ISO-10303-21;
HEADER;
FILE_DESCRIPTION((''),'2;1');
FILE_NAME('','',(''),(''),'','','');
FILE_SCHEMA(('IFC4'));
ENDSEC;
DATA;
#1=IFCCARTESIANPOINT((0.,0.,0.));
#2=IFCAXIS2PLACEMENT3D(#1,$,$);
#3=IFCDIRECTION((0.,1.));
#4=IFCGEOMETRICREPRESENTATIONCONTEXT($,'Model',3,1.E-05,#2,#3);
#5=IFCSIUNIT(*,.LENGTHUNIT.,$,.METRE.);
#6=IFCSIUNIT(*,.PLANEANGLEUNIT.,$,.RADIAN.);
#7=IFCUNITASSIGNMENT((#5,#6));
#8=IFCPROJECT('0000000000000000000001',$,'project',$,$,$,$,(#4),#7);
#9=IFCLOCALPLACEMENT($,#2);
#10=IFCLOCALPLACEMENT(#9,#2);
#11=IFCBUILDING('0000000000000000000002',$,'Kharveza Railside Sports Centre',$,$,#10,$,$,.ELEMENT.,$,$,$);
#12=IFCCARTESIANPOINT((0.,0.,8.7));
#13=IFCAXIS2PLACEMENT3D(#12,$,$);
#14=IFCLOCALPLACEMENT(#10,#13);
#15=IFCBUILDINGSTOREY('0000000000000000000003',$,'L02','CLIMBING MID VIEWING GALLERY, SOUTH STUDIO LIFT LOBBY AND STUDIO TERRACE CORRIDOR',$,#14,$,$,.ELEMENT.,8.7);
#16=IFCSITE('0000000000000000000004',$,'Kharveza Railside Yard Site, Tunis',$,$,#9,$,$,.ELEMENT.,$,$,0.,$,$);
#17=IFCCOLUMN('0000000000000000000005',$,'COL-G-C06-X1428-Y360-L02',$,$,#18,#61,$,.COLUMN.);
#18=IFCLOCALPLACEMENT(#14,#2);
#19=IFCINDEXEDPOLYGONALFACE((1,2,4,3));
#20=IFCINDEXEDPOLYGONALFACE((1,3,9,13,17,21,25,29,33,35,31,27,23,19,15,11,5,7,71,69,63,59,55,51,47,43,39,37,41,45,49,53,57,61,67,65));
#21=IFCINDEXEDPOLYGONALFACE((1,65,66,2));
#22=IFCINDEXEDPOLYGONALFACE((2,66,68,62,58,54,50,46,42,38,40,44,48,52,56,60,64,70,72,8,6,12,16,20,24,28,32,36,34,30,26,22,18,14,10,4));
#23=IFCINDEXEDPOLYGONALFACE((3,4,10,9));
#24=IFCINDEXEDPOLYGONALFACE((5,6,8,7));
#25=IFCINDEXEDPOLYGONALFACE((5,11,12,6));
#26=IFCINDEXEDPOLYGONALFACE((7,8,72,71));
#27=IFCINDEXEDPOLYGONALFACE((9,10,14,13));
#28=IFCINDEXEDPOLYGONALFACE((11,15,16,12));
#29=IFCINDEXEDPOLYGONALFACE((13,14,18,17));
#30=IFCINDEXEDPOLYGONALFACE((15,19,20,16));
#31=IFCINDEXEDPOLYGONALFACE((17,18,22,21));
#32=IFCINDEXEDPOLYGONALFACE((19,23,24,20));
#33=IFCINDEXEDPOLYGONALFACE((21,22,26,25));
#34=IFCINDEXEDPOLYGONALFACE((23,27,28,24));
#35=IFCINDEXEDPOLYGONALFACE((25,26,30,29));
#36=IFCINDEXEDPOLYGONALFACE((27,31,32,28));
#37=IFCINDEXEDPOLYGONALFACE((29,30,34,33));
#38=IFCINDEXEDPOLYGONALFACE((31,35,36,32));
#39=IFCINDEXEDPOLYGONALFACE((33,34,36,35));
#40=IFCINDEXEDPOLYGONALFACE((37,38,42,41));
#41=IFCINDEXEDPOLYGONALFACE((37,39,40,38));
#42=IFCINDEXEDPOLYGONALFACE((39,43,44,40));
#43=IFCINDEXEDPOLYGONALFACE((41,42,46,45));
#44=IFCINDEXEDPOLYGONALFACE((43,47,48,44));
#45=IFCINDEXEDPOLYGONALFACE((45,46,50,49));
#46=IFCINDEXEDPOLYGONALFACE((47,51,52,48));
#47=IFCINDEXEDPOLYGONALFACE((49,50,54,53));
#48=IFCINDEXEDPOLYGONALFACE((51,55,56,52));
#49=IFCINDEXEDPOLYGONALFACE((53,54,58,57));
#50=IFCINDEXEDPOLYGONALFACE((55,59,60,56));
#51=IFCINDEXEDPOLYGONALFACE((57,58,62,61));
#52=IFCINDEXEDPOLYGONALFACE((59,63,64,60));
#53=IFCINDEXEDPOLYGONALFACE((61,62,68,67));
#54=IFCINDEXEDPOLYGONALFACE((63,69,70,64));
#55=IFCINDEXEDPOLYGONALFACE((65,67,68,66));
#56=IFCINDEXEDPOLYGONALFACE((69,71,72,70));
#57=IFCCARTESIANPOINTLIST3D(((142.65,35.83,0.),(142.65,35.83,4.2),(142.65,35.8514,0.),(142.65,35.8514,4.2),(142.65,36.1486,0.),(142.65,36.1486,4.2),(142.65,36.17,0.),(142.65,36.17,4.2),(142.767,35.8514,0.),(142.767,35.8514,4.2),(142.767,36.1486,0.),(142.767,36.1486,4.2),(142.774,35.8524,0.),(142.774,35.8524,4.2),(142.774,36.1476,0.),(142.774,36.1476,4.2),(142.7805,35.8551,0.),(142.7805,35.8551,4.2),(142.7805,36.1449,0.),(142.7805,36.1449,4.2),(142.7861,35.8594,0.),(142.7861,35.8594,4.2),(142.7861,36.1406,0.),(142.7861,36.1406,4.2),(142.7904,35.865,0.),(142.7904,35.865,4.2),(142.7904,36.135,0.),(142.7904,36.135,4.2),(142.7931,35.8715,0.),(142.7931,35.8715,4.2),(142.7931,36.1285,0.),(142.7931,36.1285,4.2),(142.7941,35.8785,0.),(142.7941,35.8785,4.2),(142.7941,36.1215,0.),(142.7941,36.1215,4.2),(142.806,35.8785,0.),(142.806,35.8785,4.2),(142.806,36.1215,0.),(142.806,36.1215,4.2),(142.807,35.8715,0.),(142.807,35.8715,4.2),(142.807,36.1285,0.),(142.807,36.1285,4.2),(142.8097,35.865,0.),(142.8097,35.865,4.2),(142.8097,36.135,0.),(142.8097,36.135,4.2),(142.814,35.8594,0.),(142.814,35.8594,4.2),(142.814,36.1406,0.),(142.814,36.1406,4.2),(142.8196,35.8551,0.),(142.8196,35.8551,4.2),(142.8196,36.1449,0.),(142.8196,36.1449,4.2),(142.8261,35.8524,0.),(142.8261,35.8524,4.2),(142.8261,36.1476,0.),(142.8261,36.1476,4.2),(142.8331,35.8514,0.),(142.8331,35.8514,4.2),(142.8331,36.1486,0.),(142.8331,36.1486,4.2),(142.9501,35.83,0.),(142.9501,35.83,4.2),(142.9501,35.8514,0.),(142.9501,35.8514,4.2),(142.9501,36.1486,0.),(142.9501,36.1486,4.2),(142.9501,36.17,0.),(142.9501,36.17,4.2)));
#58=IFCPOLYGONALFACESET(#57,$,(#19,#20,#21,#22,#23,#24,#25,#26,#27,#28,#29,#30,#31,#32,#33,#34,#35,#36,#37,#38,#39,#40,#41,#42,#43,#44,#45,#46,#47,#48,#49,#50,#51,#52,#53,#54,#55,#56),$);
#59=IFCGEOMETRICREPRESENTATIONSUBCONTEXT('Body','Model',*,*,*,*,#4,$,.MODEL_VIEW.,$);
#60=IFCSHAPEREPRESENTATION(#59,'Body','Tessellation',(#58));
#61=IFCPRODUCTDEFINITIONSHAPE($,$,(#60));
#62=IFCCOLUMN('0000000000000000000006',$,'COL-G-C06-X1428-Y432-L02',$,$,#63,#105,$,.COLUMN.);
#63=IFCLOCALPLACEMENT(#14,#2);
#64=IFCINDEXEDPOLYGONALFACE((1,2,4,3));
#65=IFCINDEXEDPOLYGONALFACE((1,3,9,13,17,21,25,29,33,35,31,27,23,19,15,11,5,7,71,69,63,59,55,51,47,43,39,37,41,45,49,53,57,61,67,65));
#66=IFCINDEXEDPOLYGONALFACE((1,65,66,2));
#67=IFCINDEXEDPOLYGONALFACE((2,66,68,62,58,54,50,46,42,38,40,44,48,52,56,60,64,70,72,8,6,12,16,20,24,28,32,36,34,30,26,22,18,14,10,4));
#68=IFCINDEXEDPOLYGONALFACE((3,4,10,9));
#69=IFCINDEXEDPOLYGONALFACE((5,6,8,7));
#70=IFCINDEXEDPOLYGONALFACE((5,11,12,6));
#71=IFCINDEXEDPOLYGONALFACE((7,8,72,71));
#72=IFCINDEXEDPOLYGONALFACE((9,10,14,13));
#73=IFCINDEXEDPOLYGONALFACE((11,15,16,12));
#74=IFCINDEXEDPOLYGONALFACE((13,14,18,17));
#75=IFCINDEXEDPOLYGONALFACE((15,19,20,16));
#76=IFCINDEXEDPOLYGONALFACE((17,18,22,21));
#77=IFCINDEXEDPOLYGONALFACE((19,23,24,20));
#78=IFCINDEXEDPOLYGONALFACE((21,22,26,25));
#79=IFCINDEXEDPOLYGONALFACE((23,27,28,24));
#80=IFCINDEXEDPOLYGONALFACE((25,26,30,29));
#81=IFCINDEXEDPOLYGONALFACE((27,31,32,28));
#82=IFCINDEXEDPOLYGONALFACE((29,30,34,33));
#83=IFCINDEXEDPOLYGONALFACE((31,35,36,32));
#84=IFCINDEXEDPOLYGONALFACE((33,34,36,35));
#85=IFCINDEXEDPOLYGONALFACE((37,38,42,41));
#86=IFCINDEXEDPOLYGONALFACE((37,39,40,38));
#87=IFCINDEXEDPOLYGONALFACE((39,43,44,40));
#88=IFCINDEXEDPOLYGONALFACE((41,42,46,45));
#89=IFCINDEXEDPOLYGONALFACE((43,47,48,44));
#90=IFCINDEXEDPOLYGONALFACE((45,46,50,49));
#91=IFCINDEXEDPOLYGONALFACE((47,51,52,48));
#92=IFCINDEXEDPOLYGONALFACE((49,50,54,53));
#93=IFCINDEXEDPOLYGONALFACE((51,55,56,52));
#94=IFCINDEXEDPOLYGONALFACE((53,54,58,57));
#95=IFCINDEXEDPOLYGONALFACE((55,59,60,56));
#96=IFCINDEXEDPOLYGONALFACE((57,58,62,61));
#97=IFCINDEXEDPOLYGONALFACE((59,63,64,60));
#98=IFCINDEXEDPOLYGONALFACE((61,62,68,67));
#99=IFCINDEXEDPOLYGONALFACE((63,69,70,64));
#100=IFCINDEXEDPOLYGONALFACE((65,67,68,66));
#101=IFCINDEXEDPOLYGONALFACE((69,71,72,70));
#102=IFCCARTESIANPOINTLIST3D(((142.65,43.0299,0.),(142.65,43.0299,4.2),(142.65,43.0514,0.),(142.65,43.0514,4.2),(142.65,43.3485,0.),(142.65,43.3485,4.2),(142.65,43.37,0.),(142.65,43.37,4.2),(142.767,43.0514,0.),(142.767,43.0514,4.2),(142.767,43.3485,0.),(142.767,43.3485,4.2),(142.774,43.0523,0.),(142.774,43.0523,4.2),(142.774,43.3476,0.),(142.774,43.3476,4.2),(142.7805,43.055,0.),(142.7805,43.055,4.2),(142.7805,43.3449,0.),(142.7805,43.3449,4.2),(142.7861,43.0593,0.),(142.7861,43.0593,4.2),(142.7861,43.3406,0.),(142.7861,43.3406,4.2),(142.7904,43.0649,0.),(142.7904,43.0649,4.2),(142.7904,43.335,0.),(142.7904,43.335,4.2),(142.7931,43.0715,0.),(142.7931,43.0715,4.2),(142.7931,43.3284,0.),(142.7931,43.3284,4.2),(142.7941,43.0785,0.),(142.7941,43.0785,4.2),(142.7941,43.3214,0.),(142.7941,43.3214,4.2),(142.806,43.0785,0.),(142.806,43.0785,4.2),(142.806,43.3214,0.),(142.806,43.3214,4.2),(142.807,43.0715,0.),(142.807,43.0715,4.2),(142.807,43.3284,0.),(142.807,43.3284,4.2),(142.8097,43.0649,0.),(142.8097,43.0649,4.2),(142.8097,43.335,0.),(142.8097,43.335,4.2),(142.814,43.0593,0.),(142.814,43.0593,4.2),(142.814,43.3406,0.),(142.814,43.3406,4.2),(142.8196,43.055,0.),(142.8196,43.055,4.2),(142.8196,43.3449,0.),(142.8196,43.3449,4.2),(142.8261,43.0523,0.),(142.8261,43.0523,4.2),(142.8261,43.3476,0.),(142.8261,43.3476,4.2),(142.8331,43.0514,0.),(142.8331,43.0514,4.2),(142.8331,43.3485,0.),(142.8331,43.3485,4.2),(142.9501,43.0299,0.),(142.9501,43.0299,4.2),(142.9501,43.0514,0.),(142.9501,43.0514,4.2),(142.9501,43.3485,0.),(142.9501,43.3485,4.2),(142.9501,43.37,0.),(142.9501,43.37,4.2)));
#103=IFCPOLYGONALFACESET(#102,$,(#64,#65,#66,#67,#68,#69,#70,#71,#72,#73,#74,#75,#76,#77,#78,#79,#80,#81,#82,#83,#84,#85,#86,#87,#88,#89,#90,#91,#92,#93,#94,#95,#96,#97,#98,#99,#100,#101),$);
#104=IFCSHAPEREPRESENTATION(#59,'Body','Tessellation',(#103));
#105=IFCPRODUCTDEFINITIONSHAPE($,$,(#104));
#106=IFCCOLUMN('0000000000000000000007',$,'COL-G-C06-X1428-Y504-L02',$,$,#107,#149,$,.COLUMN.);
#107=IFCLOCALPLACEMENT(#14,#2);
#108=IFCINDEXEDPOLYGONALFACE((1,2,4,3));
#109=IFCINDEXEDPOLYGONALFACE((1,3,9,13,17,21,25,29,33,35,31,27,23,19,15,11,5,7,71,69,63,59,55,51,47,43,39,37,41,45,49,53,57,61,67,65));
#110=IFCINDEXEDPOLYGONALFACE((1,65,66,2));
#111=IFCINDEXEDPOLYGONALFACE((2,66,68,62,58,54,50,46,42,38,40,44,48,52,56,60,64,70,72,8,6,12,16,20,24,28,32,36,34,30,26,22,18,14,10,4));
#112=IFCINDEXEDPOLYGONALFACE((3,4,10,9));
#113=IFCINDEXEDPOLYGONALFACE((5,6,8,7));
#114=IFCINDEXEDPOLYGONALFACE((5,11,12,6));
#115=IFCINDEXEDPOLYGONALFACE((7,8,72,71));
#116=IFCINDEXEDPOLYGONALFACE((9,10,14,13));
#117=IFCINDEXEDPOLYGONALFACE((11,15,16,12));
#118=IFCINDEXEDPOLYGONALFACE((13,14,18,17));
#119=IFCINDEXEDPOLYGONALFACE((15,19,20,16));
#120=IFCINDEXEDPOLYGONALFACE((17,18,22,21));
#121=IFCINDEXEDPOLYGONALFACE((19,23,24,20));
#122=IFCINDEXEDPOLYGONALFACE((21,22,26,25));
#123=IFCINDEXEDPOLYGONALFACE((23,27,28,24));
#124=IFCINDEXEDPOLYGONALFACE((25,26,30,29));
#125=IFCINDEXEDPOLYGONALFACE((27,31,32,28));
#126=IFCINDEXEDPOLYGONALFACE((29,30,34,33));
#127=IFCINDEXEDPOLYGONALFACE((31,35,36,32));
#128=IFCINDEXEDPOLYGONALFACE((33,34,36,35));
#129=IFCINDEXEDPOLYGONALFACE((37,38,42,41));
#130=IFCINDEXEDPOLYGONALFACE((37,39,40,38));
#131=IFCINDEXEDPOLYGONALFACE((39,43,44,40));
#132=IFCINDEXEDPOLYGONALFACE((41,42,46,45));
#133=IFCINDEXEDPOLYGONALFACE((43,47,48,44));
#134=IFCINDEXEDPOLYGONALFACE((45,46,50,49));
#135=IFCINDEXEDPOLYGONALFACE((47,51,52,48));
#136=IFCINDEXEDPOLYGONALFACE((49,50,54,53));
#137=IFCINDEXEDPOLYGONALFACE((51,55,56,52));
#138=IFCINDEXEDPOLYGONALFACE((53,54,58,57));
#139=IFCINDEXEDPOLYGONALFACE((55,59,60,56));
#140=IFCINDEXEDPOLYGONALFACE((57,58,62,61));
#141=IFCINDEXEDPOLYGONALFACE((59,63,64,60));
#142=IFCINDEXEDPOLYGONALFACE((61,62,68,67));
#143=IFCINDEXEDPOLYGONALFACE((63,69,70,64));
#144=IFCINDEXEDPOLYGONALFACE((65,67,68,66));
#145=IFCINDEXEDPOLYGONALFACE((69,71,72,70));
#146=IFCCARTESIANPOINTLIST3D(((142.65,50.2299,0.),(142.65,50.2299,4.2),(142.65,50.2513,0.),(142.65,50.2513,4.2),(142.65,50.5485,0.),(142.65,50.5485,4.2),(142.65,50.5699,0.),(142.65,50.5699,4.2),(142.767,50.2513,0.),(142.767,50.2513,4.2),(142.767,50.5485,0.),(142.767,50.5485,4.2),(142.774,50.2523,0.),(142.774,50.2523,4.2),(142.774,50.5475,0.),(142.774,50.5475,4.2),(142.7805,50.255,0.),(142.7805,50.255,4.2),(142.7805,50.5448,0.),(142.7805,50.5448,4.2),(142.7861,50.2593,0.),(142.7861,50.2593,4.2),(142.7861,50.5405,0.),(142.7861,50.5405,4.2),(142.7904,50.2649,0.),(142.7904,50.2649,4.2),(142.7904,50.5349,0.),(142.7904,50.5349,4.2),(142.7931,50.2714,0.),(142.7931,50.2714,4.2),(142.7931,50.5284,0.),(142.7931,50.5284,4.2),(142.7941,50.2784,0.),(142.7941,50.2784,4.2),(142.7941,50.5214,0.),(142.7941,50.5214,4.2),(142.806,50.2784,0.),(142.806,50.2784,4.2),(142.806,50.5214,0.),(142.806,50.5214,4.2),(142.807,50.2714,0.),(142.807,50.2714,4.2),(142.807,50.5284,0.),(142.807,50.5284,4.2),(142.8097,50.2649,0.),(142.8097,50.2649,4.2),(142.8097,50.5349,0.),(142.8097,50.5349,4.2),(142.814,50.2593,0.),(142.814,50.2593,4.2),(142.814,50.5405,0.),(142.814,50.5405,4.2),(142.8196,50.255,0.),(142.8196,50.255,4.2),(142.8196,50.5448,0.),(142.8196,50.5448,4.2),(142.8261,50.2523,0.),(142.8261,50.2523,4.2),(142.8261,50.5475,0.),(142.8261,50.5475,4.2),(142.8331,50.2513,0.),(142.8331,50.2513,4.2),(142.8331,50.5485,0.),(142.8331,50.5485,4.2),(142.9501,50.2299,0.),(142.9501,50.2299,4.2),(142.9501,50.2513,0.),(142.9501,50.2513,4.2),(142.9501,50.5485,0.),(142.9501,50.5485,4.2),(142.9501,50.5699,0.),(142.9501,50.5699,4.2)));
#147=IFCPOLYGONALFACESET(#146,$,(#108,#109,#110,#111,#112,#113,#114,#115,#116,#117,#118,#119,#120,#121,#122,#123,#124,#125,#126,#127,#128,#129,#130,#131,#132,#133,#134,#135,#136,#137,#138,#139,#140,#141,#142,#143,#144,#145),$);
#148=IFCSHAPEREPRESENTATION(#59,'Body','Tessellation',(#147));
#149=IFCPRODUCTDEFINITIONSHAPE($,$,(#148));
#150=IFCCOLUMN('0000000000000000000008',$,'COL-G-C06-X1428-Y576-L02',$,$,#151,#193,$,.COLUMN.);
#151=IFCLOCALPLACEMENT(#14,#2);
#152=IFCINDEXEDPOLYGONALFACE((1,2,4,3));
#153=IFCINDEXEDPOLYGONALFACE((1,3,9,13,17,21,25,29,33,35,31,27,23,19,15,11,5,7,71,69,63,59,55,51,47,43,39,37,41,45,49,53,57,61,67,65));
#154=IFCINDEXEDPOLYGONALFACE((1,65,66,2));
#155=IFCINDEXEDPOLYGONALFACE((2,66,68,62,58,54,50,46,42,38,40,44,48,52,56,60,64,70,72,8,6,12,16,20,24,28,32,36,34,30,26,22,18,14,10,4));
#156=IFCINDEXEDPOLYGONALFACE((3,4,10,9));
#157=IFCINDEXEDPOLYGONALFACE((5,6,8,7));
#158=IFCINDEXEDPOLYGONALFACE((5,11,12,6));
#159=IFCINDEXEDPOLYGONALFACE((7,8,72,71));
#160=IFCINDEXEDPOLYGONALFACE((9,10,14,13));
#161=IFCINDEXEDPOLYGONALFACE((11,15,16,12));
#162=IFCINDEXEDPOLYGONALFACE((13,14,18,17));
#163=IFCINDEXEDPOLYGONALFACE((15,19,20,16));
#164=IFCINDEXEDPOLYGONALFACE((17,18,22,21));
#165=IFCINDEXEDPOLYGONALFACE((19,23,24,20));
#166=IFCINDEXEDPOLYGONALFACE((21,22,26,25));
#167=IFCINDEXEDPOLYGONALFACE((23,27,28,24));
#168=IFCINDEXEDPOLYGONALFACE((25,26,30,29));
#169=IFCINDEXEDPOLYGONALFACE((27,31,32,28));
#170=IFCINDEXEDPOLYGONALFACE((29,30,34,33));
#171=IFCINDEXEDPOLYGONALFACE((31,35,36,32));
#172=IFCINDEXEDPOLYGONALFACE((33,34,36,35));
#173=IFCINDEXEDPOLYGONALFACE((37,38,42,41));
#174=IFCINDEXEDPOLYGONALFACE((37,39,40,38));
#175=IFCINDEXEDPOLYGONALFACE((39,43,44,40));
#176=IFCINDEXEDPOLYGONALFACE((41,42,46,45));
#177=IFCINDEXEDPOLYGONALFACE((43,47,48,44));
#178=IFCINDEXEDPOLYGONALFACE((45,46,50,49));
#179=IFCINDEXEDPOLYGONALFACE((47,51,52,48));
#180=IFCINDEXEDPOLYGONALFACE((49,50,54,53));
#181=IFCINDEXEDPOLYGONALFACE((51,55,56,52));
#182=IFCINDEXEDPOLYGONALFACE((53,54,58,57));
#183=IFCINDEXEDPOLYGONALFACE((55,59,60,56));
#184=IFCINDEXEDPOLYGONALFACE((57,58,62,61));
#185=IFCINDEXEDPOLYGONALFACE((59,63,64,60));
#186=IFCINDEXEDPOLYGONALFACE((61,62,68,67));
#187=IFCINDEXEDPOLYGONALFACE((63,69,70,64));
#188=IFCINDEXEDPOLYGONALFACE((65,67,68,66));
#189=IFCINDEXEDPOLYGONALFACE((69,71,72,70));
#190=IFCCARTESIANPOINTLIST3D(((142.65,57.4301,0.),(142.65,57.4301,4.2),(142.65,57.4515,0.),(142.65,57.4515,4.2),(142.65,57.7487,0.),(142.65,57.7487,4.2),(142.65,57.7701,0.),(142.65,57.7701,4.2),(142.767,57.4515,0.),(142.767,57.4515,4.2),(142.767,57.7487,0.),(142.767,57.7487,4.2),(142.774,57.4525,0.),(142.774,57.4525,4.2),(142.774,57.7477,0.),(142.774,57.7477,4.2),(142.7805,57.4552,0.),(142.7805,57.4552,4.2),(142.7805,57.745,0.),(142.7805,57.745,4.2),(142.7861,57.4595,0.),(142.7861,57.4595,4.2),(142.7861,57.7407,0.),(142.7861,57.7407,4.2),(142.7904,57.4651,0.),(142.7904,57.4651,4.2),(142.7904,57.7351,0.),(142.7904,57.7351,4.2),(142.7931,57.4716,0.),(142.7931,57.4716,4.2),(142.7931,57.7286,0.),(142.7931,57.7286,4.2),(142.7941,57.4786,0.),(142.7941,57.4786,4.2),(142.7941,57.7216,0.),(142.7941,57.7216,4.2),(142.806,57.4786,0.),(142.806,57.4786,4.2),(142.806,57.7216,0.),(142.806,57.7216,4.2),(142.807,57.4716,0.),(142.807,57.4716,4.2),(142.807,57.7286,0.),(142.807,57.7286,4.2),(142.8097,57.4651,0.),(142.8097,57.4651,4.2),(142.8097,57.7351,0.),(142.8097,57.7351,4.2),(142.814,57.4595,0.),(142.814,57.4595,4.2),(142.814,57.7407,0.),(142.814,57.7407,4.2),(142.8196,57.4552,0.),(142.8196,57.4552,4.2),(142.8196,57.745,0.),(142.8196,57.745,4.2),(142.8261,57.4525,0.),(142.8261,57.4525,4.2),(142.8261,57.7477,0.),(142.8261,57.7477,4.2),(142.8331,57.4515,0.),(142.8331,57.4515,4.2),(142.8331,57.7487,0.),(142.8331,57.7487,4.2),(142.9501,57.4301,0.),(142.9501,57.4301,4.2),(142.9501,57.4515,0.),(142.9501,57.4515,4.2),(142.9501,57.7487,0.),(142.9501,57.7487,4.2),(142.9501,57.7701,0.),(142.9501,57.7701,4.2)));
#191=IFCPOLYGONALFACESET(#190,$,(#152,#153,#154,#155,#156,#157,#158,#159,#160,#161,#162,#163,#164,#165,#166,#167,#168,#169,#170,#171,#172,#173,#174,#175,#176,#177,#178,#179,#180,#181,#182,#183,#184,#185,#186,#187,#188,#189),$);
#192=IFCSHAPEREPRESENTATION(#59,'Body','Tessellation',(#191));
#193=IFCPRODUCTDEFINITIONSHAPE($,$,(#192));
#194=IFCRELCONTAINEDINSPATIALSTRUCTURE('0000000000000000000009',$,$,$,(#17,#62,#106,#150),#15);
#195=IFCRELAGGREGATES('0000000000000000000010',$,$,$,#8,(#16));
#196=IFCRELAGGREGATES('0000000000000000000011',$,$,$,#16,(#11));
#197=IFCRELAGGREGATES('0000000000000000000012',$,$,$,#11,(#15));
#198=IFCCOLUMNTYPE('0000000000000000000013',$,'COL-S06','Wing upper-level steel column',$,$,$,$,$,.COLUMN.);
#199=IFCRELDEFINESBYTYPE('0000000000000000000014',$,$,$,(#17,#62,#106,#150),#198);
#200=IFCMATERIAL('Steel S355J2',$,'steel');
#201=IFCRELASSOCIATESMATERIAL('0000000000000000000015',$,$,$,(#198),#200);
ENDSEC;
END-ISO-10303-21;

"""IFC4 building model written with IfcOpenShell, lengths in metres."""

from ifc_helpers import new_model, si_unit, direction, frame, origin, origin_2d, place, context, subcontext, project, spatial, i_section, extrude, material, material_profile, profile_set, type_object, element, save


model = new_model("IFC4")

# Units and contexts
model_context = context("Model", 3, precision=1e-05, world=origin(), true_north=direction((0.0, 1.0)))
body_context = subcontext(model_context, "Body", "Model", "MODEL_VIEW")
ifc_project = project(units=[si_unit("LENGTHUNIT", "METRE"), si_unit("PLANEANGLEUNIT", "RADIAN")], contexts=[model_context])

# Site, building, storey
site_placement = place(None, origin())
site = spatial("IfcSite", under=ifc_project, at=site_placement, Name="Kharveza Railside Yard Site, Tunis", CompositionType="ELEMENT", RefElevation=0.0)
building_placement = place(site_placement, origin())
building = spatial("IfcBuilding", under=site, at=building_placement, Name="Kharveza Railside Sports Centre", CompositionType="ELEMENT")
storey_placement = place(building_placement, frame((0.0, 0.0, 8.7)))
storey = spatial("IfcBuildingStorey", under=building, at=storey_placement, Name="L02", Description="CLIMBING MID VIEWING GALLERY, SOUTH STUDIO LIFT LOBBY AND STUDIO TERRACE CORRIDOR", CompositionType="ELEMENT", Elevation=8.7)

# Columns
ifc_material_1 = material(Name="Steel S355J2", Category="steel")
ifc_material_profile_1 = material_profile(ifc_material_1, i_section(OverallWidth=0.3, OverallDepth=0.3401, WebThickness=0.012, FlangeThickness=0.0215, FilletRadius=0.0271, at=origin_2d()), Name="HEB 340")
ifc_profile_set_1 = profile_set([ifc_material_profile_1], Name="Steel S355J2")
column_type_1 = type_object("IfcColumnType", Name="COL-S06", Description="Wing upper-level steel column", PredefinedType="COLUMN", material=ifc_profile_set_1)
for number, where, z_axis, x_axis, name in (
    (1, (142.8, 36.0, 0.0), (0.0, 0.0, 1.0), (1.0, 0.0, 0.0), "COL-G-C06-X1428-Y360-L02"),
    (2, (142.8, 43.2, 0.0), (0.0, 0.0, 1.0), (1.0, 0.0, 0.0), "COL-G-C06-X1428-Y432-L02"),
    (3, (142.8, 50.3999, 0.0), (0.0, 0.0, 1.0), (1.0, 0.0, 0.0), "COL-G-C06-X1428-Y504-L02"),
    (4, (142.8, 57.6001, 0.0), (0.0, 0.0, 1.0), (1.0, 0.0, 0.0), "COL-G-C06-X1428-Y576-L02"),
):
    element("IfcColumn", number, at=place(storey_placement, frame(where, z_axis=z_axis, x_axis=x_axis)), inside=storey, type_object=column_type_1, Name=name, PredefinedType="COLUMN", context=body_context, shape_type="SweptSolid", body=[
        extrude(i_section(OverallWidth=0.3, OverallDepth=0.3401, WebThickness=0.012, FlangeThickness=0.0215, FilletRadius=0.0271, at=origin_2d()), origin(), (0.0, 0.0, 1.0), 4.2),
    ])

save(model, "model.ifc")
